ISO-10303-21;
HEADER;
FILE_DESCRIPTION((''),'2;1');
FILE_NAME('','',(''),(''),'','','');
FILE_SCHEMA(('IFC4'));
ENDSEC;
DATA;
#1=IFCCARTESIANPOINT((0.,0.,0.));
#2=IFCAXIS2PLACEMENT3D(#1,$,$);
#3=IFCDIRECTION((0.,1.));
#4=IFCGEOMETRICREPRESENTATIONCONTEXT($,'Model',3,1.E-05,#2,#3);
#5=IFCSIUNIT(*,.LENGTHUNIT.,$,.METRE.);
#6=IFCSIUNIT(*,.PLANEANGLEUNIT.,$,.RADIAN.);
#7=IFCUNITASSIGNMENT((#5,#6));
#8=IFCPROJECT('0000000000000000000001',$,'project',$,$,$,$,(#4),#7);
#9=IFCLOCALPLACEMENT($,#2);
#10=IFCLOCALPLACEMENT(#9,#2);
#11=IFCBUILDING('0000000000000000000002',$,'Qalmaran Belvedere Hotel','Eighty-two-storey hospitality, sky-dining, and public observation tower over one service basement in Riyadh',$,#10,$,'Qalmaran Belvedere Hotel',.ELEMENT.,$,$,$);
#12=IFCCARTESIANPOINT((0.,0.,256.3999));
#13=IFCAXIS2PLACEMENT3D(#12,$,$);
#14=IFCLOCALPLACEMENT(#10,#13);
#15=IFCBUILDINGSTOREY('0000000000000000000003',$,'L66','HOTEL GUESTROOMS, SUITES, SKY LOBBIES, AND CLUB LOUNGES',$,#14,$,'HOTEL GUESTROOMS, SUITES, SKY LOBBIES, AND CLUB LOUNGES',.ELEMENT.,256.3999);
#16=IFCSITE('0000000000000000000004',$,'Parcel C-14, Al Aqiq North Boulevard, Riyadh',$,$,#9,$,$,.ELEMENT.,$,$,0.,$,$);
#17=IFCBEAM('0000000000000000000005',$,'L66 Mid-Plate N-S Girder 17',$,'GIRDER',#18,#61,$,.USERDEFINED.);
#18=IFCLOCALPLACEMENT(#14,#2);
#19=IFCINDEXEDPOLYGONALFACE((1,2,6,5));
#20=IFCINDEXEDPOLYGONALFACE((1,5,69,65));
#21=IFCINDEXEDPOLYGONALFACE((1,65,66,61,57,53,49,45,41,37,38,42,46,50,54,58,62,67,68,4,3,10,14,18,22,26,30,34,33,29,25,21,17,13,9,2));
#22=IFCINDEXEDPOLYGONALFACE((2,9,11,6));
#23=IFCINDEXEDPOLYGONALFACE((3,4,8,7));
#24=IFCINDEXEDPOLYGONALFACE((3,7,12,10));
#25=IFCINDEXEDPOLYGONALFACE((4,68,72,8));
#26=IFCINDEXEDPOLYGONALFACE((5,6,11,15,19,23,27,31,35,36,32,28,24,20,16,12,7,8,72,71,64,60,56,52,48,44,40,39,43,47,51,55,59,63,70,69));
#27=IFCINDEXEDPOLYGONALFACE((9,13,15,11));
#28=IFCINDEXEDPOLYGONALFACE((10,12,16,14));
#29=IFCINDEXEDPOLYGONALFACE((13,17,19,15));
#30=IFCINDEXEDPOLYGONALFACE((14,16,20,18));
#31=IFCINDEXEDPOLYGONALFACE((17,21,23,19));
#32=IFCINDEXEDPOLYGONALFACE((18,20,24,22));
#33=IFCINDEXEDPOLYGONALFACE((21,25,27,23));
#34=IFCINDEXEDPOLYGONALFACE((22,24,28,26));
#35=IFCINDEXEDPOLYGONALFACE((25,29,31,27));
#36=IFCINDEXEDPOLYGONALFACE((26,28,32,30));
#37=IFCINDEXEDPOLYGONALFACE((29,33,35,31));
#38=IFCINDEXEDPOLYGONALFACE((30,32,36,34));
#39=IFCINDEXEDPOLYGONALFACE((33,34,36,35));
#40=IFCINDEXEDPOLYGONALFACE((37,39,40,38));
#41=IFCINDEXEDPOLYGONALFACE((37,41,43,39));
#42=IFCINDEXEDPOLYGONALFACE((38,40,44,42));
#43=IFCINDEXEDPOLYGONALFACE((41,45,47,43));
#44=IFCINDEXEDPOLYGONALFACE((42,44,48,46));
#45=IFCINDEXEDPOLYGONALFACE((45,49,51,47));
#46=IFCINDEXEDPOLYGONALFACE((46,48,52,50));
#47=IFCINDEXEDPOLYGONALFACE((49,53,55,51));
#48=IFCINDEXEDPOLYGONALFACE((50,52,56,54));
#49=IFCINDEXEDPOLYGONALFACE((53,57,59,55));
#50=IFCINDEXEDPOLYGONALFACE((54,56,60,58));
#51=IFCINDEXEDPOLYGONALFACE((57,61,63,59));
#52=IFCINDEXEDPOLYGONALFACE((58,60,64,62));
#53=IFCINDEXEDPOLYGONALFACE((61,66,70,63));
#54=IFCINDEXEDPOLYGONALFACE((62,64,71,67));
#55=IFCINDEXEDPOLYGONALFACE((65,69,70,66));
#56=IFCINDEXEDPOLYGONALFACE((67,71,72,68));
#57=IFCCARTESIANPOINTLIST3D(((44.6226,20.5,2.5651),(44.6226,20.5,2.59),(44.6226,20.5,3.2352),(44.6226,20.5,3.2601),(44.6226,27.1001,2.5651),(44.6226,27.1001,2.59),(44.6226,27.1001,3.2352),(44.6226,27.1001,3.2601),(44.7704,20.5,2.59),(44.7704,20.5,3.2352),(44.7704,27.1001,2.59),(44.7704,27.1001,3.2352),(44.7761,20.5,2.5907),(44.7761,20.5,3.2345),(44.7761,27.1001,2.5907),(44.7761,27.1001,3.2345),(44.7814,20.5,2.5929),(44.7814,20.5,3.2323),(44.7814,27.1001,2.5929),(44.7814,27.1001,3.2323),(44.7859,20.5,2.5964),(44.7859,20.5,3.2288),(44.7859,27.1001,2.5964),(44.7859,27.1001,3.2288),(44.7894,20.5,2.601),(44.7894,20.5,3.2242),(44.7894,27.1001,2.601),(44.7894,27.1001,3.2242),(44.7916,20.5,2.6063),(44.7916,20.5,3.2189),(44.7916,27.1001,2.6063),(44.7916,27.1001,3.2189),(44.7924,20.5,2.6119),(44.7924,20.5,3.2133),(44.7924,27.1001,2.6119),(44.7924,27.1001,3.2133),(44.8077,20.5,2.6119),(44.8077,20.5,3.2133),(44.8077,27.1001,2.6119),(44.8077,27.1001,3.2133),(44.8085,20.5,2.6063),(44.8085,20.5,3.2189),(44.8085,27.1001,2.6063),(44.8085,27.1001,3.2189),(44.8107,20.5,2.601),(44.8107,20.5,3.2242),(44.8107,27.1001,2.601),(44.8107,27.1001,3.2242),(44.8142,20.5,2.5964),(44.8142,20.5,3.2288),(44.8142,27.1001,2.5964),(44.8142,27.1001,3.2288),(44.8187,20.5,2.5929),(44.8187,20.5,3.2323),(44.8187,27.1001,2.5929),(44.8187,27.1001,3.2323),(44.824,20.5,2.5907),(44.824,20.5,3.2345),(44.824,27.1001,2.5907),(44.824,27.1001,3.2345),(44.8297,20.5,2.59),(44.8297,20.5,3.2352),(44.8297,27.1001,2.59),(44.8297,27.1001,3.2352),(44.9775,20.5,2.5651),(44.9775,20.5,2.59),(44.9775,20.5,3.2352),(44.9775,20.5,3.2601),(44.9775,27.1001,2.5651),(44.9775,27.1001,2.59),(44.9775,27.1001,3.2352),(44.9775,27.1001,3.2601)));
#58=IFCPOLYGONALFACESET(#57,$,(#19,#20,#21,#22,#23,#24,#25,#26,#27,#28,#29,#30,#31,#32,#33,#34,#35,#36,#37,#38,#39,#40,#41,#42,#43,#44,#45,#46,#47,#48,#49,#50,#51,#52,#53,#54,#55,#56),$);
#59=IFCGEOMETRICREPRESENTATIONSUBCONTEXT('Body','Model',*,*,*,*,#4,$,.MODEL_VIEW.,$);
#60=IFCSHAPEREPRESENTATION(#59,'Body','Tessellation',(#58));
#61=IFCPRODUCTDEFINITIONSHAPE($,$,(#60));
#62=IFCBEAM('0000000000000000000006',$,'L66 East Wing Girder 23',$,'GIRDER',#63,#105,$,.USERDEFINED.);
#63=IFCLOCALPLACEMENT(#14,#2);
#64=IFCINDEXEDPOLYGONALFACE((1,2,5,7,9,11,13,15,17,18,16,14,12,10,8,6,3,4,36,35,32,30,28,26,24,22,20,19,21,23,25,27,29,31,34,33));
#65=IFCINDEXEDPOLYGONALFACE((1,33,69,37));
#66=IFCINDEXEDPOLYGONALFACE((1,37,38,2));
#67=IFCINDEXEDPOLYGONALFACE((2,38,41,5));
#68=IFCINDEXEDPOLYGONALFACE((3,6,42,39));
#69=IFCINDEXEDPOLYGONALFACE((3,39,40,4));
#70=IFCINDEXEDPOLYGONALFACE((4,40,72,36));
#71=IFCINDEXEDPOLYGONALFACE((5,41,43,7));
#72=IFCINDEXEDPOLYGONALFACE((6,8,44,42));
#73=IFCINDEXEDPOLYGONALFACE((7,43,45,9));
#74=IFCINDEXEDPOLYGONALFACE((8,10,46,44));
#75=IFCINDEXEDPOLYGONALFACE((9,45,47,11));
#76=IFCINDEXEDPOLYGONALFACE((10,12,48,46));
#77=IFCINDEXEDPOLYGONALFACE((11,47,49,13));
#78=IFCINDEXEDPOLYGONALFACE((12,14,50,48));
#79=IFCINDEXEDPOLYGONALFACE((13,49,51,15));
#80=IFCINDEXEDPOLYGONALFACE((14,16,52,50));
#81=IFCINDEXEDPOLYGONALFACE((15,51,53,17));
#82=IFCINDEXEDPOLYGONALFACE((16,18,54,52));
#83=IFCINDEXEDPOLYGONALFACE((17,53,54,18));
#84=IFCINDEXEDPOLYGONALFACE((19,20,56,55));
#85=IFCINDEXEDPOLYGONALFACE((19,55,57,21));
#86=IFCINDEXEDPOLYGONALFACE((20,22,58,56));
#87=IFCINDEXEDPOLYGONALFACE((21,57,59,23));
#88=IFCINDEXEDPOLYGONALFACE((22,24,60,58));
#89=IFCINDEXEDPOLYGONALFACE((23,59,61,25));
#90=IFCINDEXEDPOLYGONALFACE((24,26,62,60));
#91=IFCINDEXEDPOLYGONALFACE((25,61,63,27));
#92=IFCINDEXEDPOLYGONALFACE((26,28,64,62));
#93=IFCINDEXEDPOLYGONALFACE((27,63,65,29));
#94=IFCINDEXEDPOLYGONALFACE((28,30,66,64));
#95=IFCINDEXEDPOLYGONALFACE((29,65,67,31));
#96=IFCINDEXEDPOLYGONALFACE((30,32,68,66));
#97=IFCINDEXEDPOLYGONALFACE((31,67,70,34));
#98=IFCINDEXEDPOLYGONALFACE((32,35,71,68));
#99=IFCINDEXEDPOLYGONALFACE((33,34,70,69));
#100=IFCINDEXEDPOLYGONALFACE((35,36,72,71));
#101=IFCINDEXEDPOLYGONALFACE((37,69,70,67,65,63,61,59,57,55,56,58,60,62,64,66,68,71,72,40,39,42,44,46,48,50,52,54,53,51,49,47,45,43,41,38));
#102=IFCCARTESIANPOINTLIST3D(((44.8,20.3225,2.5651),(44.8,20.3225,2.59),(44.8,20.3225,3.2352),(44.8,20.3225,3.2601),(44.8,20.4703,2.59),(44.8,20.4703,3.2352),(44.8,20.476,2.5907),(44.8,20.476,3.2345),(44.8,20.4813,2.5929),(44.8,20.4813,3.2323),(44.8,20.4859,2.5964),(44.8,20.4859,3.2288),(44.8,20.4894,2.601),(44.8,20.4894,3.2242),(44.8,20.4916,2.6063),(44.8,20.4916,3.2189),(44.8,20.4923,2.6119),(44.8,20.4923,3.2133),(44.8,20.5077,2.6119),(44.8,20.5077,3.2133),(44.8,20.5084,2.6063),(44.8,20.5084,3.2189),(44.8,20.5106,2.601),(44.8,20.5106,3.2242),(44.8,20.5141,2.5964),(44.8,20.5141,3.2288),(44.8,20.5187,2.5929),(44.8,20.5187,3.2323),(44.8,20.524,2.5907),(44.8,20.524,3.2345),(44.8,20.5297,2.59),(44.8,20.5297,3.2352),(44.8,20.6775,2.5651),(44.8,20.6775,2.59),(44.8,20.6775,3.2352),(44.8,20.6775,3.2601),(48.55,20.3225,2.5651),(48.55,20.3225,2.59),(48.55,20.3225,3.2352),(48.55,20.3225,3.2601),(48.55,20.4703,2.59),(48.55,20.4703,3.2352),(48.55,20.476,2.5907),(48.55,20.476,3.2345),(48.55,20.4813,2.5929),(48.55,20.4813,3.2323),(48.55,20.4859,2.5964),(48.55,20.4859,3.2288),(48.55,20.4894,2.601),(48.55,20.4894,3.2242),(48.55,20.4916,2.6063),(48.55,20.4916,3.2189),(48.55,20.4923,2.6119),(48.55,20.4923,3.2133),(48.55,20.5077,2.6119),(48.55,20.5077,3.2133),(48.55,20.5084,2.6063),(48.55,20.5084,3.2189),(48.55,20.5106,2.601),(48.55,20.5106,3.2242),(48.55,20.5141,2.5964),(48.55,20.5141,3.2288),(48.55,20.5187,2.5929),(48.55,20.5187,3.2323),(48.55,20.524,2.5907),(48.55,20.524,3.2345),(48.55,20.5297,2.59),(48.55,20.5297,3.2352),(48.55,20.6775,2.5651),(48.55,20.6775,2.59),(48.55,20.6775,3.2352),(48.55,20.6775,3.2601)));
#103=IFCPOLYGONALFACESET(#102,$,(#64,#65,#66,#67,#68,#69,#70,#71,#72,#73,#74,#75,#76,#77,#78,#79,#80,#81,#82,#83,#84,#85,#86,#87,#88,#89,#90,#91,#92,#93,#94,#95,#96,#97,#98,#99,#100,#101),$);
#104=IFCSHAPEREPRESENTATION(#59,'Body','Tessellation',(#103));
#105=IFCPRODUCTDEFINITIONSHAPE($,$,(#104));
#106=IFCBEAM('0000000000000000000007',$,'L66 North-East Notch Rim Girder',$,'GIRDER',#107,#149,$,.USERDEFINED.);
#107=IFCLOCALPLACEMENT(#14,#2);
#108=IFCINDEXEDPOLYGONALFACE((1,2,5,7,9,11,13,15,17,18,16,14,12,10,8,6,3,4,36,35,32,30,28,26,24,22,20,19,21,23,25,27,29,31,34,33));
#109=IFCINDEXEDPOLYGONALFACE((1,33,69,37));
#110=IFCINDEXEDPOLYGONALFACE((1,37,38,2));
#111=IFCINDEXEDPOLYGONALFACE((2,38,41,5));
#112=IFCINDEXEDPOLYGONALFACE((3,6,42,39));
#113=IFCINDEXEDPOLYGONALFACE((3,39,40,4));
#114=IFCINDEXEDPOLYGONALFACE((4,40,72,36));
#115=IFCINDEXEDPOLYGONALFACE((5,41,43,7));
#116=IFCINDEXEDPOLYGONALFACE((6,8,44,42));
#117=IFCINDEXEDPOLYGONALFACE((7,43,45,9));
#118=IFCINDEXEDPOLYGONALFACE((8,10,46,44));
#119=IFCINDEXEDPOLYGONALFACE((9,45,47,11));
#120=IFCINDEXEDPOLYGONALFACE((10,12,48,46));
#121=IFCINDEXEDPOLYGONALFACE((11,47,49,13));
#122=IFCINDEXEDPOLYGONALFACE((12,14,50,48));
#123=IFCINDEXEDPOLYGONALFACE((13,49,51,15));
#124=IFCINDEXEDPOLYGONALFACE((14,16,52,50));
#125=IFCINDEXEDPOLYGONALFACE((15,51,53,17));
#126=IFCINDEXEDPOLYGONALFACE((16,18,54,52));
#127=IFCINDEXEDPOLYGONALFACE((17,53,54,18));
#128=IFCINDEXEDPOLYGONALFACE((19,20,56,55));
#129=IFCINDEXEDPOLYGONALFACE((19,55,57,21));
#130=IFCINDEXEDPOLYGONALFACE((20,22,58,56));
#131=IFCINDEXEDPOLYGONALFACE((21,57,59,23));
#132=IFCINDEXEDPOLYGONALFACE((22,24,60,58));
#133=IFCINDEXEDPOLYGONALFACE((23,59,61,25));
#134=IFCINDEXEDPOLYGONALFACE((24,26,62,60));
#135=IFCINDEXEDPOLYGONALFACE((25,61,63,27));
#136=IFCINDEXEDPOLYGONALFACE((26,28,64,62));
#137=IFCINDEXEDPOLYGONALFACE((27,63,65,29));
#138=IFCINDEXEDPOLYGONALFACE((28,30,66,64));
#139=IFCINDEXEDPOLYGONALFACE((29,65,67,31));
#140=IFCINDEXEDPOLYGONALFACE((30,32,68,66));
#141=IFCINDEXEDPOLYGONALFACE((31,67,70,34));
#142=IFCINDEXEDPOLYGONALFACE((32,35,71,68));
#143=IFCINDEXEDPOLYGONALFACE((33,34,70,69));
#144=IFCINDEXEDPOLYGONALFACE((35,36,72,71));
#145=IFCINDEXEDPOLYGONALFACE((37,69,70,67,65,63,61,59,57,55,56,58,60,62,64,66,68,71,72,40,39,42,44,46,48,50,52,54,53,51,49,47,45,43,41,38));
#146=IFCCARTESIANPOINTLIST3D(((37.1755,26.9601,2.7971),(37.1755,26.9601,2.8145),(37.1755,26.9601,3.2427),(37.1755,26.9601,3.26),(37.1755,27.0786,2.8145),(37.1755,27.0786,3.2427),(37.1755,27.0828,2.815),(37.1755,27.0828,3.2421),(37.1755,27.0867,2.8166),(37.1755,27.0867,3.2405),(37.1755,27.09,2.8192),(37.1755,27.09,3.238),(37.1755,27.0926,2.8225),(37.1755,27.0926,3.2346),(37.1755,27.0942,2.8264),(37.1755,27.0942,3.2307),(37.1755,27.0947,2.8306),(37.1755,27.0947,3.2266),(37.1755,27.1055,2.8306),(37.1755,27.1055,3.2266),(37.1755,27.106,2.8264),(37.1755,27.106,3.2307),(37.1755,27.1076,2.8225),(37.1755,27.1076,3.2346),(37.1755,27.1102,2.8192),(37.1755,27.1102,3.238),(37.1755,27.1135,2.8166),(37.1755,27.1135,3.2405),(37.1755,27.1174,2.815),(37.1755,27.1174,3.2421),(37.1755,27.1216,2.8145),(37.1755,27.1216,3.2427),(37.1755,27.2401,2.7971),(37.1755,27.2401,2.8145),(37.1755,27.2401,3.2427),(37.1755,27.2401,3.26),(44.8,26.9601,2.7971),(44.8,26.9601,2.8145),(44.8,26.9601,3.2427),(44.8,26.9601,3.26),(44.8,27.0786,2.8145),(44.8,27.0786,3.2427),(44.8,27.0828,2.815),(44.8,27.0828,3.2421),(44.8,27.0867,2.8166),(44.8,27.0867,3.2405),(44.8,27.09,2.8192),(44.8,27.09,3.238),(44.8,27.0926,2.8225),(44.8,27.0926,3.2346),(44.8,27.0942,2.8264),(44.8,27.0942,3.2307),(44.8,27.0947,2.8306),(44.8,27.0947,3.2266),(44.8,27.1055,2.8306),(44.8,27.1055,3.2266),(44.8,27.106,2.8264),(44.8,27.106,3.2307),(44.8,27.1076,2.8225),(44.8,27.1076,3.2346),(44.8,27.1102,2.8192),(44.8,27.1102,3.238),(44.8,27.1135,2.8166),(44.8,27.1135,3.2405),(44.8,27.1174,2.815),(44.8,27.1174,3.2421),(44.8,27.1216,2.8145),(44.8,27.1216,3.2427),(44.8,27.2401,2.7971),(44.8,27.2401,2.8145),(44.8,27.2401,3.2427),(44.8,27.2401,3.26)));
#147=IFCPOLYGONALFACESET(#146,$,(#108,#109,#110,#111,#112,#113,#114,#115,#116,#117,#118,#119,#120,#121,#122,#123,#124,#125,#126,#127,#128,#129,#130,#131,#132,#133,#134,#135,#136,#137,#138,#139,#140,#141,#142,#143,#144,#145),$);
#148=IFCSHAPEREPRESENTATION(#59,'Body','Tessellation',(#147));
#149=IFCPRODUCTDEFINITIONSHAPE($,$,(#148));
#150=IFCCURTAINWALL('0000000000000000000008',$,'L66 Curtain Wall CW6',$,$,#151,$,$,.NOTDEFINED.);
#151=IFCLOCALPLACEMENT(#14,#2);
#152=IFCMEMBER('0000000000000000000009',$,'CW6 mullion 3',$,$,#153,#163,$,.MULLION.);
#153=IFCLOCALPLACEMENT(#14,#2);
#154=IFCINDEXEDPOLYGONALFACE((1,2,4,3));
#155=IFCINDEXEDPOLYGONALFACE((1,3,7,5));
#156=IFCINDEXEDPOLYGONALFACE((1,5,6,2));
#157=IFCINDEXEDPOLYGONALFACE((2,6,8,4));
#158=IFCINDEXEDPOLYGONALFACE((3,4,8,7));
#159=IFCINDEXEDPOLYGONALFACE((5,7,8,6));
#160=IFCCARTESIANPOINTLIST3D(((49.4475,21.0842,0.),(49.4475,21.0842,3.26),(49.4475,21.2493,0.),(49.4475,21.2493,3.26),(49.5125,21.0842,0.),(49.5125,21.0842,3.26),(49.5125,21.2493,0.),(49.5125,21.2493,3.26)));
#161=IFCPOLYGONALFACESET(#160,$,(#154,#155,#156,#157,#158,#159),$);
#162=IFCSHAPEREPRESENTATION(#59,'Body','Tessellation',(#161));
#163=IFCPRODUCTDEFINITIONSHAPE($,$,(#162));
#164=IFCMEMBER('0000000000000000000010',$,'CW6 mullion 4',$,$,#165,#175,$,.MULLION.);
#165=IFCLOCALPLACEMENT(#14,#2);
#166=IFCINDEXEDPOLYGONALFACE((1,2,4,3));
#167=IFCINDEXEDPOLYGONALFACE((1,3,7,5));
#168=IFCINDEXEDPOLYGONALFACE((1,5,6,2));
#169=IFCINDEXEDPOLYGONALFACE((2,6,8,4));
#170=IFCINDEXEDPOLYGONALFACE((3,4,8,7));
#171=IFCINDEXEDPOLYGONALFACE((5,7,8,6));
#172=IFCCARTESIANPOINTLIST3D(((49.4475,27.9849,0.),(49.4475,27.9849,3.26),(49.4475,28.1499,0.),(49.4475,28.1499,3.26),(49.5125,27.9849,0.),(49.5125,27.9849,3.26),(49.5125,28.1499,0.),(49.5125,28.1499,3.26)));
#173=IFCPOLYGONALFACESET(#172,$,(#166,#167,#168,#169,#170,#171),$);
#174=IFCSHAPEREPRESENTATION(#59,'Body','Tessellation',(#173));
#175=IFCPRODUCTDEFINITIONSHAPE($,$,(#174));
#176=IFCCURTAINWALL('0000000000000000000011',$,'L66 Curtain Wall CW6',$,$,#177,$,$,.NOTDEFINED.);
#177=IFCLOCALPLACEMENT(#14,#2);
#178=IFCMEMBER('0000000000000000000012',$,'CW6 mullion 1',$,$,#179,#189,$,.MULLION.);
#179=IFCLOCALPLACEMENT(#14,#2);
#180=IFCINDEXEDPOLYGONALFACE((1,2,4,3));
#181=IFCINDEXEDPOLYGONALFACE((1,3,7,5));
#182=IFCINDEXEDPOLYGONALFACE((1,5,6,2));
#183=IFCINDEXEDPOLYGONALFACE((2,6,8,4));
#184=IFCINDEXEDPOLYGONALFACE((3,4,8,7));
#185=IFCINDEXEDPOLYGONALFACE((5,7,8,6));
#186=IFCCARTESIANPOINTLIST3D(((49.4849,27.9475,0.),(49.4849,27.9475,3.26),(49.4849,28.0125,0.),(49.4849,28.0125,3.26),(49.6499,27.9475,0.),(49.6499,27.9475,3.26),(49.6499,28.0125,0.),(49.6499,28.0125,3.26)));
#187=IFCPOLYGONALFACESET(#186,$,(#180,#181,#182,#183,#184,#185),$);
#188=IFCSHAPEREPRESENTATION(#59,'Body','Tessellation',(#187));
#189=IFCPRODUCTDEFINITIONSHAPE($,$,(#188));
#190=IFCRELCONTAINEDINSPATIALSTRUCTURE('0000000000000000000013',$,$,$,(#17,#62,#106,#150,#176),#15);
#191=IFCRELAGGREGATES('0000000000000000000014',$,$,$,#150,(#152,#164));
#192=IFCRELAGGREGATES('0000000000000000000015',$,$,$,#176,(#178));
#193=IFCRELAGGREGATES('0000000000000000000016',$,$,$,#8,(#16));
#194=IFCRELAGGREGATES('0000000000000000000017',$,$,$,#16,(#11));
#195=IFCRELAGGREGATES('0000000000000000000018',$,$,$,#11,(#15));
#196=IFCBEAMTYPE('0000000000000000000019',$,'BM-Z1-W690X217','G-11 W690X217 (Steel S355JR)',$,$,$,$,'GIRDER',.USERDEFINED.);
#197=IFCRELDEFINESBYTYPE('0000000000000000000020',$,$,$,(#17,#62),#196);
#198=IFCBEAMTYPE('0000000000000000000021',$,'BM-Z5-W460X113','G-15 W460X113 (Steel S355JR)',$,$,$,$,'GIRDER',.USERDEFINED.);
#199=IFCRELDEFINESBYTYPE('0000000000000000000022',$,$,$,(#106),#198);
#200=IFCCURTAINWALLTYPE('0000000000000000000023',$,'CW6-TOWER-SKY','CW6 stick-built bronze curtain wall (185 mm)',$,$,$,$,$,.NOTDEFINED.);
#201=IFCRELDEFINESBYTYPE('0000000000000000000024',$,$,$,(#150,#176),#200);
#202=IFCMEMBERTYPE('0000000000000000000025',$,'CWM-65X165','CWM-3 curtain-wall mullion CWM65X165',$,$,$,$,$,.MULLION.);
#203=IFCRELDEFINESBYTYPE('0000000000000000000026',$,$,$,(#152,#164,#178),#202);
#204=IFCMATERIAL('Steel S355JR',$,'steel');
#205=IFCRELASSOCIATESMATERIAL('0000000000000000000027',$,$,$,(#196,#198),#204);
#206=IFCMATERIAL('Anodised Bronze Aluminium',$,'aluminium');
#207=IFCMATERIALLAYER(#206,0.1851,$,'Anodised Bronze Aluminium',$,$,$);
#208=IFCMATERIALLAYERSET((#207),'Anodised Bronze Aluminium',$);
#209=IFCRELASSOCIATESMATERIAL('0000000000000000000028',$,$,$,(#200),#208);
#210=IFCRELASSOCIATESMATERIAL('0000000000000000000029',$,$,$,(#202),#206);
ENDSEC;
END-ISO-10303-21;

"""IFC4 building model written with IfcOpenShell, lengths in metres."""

from ifc_helpers import new_model, si_unit, direction, frame, origin, origin_2d, place, context, subcontext, project, spatial, rectangle, i_section, extrude, material, layer, layer_set, material_profile, profile_set, type_object, element, aggregate, save


model = new_model("IFC4")

# Units and contexts
model_context = context("Model", 3, precision=1e-05, world=origin(), true_north=direction((0.0, 1.0)))
body_context = subcontext(model_context, "Body", "Model", "MODEL_VIEW")
ifc_project = project(units=[si_unit("LENGTHUNIT", "METRE"), si_unit("PLANEANGLEUNIT", "RADIAN")], contexts=[model_context])

# Site, building, storey
site_placement = place(None, origin())
site = spatial("IfcSite", under=ifc_project, at=site_placement, Name="Parcel C-14, Al Aqiq North Boulevard, Riyadh", CompositionType="ELEMENT", RefElevation=0.0)
building_placement = place(site_placement, origin())
building = spatial("IfcBuilding", under=site, at=building_placement, Name="Qalmaran Belvedere Hotel", Description="Eighty-two-storey hospitality, sky-dining, and public observation tower over one service basement in Riyadh", LongName="Qalmaran Belvedere Hotel", CompositionType="ELEMENT")
storey_placement = place(building_placement, frame((0.0, 0.0, 256.3999)))
storey = spatial("IfcBuildingStorey", under=building, at=storey_placement, Name="L66", Description="HOTEL GUESTROOMS, SUITES, SKY LOBBIES, AND CLUB LOUNGES", LongName="HOTEL GUESTROOMS, SUITES, SKY LOBBIES, AND CLUB LOUNGES", CompositionType="ELEMENT", Elevation=256.3999)

# Beams
ifc_material_1 = material(Name="Steel S355JR", Category="steel")
ifc_material_profile_1 = material_profile(ifc_material_1, i_section(OverallWidth=0.355, OverallDepth=0.6951, WebThickness=0.0154, FlangeThickness=0.0249, FilletRadius=0.022, at=origin_2d()), Name="W690X217")
ifc_profile_set_1 = profile_set([ifc_material_profile_1], Name="Steel S355JR")
beam_type_1 = type_object("IfcBeamType", Name="BM-Z1-W690X217", Description="G-11 W690X217 (Steel S355JR)", ElementType="GIRDER", PredefinedType="USERDEFINED", material=ifc_profile_set_1)
beam_1_placement = place(storey_placement, frame((44.8, 20.5, 2.9126), z_axis=(0.0, 1.0, 0.0), x_axis=(-1.0, 0.0, 0.0)))
element("IfcBeam", 1, at=beam_1_placement, inside=storey, type_object=beam_type_1, Name="L66 Mid-Plate N-S Girder 17", ObjectType="GIRDER", PredefinedType="USERDEFINED", context=body_context, shape_type="SweptSolid", body=[
    extrude(i_section(OverallWidth=0.355, OverallDepth=0.6951, WebThickness=0.0154, FlangeThickness=0.0249, FilletRadius=0.022, at=origin_2d()), origin(), (0.0, 0.0, 1.0), 6.6001),
])
beam_2_placement = place(storey_placement, frame((44.8, 20.5, 2.9126), z_axis=(1.0, 0.0, 0.0), x_axis=(0.0, 1.0, 0.0)))
element("IfcBeam", 2, at=beam_2_placement, inside=storey, type_object=beam_type_1, Name="L66 East Wing Girder 23", ObjectType="GIRDER", PredefinedType="USERDEFINED", context=body_context, shape_type="SweptSolid", body=[
    extrude(i_section(OverallWidth=0.355, OverallDepth=0.6951, WebThickness=0.0154, FlangeThickness=0.0249, FilletRadius=0.022, at=origin_2d()), origin(), (0.0, 0.0, 1.0), 3.75),
])
ifc_material_profile_2 = material_profile(ifc_material_1, i_section(OverallWidth=0.28, OverallDepth=0.4629, WebThickness=0.0107, FlangeThickness=0.0173, FilletRadius=0.0161, at=origin_2d()), Name="W460X113")
ifc_profile_set_2 = profile_set([ifc_material_profile_2], Name="Steel S355JR")
beam_type_2 = type_object("IfcBeamType", Name="BM-Z5-W460X113", Description="G-15 W460X113 (Steel S355JR)", ElementType="GIRDER", PredefinedType="USERDEFINED", material=ifc_profile_set_2)
beam_3_placement = place(storey_placement, frame((37.1755, 27.1001, 3.0286), z_axis=(1.0, 0.0, 0.0), x_axis=(0.0, 1.0, 0.0)))
element("IfcBeam", 3, at=beam_3_placement, inside=storey, type_object=beam_type_2, Name="L66 North-East Notch Rim Girder", ObjectType="GIRDER", PredefinedType="USERDEFINED", context=body_context, shape_type="SweptSolid", body=[
    extrude(i_section(OverallWidth=0.28, OverallDepth=0.4629, WebThickness=0.0107, FlangeThickness=0.0173, FilletRadius=0.0161, at=origin_2d()), origin(), (0.0, 0.0, 1.0), 7.6245),
])

# Curtain walls, members
ifc_material_2 = material(Name="Anodised Bronze Aluminium", Category="aluminium")
ifc_layer_1 = layer(ifc_material_2, 0.1851, Name="Anodised Bronze Aluminium")
ifc_layer_set_1 = layer_set([ifc_layer_1], Name="Anodised Bronze Aluminium")
curtain_wall_type = type_object("IfcCurtainWallType", Name="CW6-TOWER-SKY", Description="CW6 stick-built bronze curtain wall (185 mm)", PredefinedType="NOTDEFINED", material=ifc_layer_set_1)
curtain_wall_1_placement = place(storey_placement, origin())
curtain_wall_1 = element("IfcCurtainWall", 4, at=curtain_wall_1_placement, inside=storey, type_object=curtain_wall_type, Name="L66 Curtain Wall CW6", PredefinedType="NOTDEFINED")
ifc_material_profile_3 = material_profile(ifc_material_2, rectangle(XDim=0.0649, YDim=0.165, at=origin_2d()), Name="CWM65X165")
ifc_profile_set_3 = profile_set([ifc_material_profile_3], Name="Anodised Bronze Aluminium")
member_type_1 = type_object("IfcMemberType", Name="CWM-65X165", Description="CWM-3 curtain-wall mullion CWM65X165", PredefinedType="MULLION", material=ifc_profile_set_3)
member_1_placement = place(storey_placement, frame((49.48, 21.1667, 0.0), z_axis=(0.0, 0.0, 1.0), x_axis=(-1.0, 0.0, 0.0)))
member_1 = element("IfcMember", 5, at=member_1_placement, type_object=member_type_1, Name="CW6 mullion 3", PredefinedType="MULLION", context=body_context, shape_type="SweptSolid", body=[
    extrude(rectangle(XDim=0.0649, YDim=0.165, at=origin_2d()), origin(), (0.0, 0.0, 1.0), 3.26),
])
member_2_placement = place(storey_placement, frame((49.48, 28.0674, 0.0), z_axis=(0.0, 0.0, 1.0), x_axis=(-1.0, 0.0, 0.0)))
member_2 = element("IfcMember", 6, at=member_2_placement, type_object=member_type_1, Name="CW6 mullion 4", PredefinedType="MULLION", context=body_context, shape_type="SweptSolid", body=[
    extrude(rectangle(XDim=0.0649, YDim=0.165, at=origin_2d()), origin(), (0.0, 0.0, 1.0), 3.26),
])
curtain_wall_2_placement = place(storey_placement, origin())
curtain_wall_2 = element("IfcCurtainWall", 7, at=curtain_wall_2_placement, inside=storey, type_object=curtain_wall_type, Name="L66 Curtain Wall CW6", PredefinedType="NOTDEFINED")
member_3_placement = place(storey_placement, frame((49.5674, 27.98, 0.0), z_axis=(0.0, 0.0, 1.0), x_axis=(0.0, -1.0, 0.0)))
member_3 = element("IfcMember", 8, at=member_3_placement, type_object=member_type_1, Name="CW6 mullion 1", PredefinedType="MULLION", context=body_context, shape_type="SweptSolid", body=[
    extrude(rectangle(XDim=0.0649, YDim=0.165, at=origin_2d()), origin(), (0.0, 0.0, 1.0), 3.26),
])

aggregate(curtain_wall_1, [member_1, member_2])
aggregate(curtain_wall_2, [member_3])

save(model, "model.ifc")
